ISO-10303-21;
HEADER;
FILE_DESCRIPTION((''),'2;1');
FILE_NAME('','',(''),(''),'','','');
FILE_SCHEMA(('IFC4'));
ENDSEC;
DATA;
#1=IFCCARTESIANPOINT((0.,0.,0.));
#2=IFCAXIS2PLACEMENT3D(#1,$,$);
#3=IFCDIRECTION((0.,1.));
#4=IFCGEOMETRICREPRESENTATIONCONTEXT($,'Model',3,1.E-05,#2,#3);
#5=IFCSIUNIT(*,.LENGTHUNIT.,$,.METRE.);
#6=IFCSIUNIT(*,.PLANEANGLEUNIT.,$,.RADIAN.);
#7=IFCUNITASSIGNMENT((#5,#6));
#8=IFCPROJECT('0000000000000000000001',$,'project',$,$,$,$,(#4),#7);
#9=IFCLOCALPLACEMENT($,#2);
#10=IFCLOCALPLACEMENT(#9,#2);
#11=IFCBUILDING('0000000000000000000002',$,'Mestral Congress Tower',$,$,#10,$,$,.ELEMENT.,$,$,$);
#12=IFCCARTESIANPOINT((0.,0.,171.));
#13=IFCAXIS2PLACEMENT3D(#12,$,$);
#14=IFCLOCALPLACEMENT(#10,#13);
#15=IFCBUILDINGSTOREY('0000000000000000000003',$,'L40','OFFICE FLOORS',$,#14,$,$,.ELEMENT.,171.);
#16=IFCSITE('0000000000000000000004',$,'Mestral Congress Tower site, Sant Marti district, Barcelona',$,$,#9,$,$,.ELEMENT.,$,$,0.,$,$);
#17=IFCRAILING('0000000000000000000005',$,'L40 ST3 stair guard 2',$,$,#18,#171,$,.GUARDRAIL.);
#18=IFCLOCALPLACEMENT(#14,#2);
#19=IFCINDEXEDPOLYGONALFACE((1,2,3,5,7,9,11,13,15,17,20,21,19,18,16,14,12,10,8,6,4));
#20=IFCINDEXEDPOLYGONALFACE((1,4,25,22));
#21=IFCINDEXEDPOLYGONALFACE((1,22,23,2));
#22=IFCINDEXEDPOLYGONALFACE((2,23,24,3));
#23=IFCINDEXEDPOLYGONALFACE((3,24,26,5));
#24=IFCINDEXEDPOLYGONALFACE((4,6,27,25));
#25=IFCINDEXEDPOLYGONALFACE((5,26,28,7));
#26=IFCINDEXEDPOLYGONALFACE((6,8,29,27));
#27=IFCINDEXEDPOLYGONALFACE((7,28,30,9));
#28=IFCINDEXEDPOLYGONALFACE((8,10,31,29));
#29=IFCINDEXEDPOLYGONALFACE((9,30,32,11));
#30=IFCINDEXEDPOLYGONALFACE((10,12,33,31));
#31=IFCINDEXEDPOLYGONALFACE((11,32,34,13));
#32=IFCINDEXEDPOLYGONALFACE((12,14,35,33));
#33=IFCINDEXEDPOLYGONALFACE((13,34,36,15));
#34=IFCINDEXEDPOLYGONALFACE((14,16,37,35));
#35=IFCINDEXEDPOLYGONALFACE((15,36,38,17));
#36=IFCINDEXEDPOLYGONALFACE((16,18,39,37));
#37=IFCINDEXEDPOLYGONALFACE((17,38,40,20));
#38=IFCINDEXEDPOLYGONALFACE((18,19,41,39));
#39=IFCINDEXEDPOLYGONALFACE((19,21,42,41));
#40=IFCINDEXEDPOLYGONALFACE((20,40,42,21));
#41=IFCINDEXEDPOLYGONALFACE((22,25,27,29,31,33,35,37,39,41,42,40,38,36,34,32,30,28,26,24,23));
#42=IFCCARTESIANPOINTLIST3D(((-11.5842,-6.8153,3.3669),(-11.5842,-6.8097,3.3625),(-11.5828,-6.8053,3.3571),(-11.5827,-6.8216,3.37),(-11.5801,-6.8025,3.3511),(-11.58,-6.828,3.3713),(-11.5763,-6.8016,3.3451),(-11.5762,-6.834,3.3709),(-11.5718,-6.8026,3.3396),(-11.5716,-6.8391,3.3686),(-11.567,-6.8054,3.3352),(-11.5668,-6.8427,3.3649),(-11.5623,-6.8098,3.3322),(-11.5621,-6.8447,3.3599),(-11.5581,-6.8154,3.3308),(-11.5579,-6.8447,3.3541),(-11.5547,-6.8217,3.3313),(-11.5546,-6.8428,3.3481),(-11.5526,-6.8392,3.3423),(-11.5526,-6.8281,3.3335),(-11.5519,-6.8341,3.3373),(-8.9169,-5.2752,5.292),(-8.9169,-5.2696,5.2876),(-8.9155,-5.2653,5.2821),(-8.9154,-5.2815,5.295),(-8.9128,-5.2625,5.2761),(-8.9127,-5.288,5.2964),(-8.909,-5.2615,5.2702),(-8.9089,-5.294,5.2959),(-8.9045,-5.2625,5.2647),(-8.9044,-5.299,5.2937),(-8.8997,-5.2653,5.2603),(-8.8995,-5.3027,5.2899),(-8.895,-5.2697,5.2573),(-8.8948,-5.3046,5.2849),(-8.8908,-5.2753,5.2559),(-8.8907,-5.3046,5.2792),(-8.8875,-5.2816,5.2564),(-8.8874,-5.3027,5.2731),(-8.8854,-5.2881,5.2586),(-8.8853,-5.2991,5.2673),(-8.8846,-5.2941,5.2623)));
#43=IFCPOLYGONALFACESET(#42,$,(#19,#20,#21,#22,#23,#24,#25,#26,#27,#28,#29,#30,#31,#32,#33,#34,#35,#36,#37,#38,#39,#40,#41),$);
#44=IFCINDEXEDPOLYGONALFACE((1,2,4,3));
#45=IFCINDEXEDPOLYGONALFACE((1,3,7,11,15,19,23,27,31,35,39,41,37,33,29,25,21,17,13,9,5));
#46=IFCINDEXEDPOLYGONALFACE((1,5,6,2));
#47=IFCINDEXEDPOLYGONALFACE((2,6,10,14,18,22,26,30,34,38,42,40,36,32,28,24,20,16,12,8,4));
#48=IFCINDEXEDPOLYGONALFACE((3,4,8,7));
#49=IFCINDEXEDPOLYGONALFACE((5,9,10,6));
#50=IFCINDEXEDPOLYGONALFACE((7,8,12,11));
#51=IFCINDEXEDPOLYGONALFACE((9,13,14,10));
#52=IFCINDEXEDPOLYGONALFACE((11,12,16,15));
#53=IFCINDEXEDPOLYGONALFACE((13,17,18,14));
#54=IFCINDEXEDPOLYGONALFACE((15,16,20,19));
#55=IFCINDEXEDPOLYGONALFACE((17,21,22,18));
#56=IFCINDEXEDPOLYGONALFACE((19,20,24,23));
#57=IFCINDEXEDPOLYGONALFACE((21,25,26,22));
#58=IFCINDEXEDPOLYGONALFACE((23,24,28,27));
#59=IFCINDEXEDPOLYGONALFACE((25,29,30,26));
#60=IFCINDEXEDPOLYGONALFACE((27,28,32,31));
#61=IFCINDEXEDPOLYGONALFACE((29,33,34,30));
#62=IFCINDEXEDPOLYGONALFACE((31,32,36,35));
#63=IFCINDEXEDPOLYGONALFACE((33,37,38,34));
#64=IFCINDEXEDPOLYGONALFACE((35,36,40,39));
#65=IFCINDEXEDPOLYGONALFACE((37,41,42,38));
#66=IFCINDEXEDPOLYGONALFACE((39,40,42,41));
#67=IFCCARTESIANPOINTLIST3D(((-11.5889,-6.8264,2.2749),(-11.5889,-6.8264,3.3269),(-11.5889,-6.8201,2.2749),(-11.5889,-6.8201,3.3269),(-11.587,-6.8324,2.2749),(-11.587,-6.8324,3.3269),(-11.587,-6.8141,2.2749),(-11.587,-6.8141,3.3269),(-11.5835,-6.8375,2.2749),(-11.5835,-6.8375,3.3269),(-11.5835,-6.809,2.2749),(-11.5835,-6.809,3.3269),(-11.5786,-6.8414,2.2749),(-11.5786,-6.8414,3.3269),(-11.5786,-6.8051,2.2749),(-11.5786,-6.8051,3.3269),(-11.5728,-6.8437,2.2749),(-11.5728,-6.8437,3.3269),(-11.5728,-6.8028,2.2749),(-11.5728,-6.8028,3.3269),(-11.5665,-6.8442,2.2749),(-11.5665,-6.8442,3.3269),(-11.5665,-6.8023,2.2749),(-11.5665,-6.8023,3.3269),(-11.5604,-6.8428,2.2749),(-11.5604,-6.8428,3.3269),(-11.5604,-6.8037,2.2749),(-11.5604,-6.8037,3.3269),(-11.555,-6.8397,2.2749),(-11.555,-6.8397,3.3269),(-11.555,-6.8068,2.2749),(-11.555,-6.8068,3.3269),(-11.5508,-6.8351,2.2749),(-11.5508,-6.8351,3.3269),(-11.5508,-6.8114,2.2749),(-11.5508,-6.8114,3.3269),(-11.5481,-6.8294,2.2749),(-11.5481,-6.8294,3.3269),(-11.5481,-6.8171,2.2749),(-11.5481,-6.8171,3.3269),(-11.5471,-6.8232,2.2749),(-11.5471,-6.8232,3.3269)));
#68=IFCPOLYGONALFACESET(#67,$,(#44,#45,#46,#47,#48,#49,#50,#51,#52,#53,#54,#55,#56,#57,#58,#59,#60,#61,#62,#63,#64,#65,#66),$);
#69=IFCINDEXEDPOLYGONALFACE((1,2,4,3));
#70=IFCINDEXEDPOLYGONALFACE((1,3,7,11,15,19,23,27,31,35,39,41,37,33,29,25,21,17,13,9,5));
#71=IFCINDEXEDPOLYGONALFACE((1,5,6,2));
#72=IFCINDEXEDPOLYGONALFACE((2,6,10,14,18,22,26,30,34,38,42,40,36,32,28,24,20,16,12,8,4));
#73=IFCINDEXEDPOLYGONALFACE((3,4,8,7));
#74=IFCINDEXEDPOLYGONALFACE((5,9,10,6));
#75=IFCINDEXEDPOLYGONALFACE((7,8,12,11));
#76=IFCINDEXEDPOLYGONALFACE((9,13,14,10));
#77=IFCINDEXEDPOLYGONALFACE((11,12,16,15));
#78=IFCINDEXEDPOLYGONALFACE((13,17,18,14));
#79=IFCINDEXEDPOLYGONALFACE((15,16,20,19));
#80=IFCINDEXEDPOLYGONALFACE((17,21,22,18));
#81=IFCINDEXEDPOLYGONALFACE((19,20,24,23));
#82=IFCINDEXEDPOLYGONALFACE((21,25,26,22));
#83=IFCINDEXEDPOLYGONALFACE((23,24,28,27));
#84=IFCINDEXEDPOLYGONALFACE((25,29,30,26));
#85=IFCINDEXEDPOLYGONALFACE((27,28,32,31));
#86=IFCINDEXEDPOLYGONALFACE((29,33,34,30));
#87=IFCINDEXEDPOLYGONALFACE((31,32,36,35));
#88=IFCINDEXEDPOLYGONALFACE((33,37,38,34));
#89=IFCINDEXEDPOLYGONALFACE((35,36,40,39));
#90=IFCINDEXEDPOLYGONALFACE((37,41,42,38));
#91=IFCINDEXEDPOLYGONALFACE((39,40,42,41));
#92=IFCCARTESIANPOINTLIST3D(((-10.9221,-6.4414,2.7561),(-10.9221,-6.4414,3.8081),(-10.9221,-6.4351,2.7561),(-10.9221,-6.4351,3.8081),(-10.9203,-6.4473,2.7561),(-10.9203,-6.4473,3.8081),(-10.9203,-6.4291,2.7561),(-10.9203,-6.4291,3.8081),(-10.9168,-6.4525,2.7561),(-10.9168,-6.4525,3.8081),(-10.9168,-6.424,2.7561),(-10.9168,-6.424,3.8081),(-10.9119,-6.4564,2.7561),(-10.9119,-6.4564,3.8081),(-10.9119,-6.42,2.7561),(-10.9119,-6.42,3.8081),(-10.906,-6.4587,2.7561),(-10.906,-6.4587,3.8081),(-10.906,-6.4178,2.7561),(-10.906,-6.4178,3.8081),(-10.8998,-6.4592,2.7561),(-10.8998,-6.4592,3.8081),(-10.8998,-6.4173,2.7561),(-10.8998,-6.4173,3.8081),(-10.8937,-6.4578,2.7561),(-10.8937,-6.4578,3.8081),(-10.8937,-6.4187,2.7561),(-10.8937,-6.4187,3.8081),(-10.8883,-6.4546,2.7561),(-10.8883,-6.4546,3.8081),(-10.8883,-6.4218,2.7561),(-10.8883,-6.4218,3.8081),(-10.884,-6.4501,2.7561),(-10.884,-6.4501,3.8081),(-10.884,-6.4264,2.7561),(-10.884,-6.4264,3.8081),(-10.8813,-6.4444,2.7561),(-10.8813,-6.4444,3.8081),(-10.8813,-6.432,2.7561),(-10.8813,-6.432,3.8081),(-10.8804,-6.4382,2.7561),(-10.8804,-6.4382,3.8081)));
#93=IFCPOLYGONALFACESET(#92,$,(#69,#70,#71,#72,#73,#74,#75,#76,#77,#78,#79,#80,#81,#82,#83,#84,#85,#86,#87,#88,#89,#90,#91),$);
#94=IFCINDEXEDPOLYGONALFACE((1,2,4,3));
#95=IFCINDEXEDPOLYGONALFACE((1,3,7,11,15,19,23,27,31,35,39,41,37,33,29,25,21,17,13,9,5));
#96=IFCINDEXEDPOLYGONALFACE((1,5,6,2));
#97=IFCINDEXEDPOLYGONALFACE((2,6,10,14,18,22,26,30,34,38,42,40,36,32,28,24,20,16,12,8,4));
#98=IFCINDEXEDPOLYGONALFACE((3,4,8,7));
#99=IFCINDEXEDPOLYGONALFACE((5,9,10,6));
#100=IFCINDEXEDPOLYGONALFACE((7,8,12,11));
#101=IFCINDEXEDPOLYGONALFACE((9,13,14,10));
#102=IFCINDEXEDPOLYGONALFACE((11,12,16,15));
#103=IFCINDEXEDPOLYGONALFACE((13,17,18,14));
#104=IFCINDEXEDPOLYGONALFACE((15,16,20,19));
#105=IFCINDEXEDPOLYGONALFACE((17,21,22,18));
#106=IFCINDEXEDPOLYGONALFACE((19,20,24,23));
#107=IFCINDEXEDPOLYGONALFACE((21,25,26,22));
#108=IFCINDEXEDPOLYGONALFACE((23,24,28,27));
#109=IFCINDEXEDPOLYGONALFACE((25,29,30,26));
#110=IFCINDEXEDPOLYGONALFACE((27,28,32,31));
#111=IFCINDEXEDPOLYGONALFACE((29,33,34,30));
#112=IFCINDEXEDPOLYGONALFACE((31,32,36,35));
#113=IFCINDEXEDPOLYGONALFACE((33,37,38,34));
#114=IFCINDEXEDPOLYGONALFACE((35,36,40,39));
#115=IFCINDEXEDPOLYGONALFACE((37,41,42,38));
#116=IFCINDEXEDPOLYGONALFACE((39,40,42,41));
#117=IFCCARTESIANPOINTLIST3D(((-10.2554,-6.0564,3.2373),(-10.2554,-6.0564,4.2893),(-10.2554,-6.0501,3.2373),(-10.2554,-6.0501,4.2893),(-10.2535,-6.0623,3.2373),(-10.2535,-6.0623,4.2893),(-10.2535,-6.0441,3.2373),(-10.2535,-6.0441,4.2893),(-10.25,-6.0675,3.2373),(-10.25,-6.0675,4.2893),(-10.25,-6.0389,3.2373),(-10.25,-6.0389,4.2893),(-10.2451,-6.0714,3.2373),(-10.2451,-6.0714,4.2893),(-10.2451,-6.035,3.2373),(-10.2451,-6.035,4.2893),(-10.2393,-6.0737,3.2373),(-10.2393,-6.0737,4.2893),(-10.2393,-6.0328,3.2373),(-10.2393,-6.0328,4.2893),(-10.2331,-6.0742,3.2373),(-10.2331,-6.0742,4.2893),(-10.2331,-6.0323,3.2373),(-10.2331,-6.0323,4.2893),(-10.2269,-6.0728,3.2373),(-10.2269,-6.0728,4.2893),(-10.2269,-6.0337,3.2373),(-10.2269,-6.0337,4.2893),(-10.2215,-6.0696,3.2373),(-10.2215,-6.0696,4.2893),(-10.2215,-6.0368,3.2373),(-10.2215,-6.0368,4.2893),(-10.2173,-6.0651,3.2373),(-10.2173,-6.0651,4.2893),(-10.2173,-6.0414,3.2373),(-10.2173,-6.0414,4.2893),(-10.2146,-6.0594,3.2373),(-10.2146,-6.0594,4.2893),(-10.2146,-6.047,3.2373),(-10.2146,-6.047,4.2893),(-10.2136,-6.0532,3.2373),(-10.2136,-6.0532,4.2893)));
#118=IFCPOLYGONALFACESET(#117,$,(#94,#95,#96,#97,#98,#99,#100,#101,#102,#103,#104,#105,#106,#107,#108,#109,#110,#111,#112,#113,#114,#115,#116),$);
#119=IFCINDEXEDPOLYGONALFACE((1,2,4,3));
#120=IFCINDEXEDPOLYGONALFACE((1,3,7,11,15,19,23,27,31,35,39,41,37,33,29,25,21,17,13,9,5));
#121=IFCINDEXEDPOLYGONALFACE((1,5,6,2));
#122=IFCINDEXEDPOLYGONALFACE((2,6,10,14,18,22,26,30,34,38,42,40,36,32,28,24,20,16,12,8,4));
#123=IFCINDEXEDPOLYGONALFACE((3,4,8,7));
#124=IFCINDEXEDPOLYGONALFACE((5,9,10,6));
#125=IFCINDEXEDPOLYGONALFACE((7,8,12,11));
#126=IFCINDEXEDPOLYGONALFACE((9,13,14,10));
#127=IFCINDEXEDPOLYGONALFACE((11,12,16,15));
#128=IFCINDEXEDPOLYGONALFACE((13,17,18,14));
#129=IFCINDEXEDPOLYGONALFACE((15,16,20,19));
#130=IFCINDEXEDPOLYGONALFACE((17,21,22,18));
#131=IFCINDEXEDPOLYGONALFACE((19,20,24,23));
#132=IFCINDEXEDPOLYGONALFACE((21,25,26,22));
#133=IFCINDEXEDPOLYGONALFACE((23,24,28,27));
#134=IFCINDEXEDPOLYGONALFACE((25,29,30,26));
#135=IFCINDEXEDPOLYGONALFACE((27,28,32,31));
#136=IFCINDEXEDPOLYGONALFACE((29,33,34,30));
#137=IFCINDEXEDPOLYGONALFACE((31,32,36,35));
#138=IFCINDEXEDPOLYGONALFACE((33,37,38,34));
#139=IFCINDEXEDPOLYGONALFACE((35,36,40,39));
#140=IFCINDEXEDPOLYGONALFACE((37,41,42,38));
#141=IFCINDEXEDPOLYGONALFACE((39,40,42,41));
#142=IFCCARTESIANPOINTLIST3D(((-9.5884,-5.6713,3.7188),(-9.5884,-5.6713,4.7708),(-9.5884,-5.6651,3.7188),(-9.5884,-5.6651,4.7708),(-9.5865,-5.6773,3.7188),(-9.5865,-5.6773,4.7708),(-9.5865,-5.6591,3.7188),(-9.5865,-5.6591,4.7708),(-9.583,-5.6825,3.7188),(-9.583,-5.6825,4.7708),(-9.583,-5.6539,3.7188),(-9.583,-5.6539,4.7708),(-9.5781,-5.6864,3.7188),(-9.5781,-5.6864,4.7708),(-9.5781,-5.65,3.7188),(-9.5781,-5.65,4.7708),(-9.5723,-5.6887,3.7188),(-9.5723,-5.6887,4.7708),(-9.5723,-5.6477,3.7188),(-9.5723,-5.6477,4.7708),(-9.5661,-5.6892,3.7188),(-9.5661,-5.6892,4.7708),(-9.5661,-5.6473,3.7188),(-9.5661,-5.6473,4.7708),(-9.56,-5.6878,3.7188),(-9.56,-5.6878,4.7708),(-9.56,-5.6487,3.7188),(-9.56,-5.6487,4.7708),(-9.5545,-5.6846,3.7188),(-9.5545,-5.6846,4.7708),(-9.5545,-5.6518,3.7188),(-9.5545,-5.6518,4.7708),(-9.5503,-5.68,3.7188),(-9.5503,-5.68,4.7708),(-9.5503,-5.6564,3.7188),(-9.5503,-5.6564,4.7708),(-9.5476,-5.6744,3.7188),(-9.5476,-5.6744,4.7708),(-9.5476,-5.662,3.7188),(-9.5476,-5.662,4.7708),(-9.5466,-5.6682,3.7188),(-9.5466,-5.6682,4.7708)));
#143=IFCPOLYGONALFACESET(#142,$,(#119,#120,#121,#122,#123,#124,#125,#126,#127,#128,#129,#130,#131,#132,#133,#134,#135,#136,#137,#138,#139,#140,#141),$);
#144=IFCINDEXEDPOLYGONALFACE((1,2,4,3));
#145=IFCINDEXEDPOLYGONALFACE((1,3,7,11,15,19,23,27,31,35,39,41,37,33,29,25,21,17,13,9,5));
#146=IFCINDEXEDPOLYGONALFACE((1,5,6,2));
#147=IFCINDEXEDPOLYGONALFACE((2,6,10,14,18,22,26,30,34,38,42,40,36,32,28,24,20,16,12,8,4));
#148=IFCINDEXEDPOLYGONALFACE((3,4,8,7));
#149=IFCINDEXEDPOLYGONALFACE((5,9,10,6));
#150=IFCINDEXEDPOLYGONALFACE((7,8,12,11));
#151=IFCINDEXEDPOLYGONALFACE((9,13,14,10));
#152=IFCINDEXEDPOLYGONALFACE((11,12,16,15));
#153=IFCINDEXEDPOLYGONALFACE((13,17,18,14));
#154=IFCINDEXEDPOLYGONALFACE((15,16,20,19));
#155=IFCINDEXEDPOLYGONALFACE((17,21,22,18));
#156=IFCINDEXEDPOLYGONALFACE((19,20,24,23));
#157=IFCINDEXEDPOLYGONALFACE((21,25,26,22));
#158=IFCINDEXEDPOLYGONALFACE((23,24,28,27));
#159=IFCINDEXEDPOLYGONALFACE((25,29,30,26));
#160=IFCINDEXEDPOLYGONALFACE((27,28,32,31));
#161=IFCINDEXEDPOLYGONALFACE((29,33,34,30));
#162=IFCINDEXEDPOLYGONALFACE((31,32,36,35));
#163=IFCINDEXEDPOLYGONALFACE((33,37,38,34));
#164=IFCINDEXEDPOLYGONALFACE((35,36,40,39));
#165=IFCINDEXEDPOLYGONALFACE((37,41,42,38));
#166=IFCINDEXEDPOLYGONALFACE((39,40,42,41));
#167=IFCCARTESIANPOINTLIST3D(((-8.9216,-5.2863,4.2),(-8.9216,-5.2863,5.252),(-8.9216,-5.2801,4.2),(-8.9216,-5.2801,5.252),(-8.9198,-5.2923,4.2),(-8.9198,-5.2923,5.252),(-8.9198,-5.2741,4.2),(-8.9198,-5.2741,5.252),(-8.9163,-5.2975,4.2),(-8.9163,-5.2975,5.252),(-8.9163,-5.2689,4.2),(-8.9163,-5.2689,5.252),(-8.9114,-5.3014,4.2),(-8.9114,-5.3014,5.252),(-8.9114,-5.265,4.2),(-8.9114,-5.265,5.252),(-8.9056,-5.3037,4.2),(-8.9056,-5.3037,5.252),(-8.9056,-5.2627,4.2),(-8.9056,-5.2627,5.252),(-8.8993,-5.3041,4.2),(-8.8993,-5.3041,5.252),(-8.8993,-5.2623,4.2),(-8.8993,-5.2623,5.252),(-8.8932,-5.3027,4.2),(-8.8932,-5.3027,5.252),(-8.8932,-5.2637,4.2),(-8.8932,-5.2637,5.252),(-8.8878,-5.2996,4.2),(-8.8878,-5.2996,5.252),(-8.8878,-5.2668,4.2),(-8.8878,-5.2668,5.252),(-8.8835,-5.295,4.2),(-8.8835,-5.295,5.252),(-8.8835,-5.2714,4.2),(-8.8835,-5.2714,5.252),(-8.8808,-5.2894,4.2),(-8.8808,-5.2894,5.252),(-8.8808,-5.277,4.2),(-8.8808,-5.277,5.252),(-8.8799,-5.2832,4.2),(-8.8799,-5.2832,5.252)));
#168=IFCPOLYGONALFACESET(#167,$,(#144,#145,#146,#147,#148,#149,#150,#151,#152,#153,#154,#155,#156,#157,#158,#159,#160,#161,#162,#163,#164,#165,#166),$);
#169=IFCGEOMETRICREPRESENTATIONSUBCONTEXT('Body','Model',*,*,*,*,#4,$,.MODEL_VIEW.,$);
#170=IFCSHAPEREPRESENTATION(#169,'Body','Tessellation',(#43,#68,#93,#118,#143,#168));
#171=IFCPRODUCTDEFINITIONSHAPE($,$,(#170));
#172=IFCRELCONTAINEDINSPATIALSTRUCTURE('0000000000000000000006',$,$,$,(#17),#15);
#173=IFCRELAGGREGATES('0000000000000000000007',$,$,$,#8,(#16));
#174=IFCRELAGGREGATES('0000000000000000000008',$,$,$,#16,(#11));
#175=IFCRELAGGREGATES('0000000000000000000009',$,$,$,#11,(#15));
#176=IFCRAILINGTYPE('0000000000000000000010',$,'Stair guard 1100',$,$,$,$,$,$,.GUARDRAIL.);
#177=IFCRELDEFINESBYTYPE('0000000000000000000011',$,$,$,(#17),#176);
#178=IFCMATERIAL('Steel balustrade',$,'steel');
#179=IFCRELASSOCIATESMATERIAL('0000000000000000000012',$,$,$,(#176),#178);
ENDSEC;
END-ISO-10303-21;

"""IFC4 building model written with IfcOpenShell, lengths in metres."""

from ifc_helpers import new_model, si_unit, direction, frame, origin, origin_2d, place, context, subcontext, project, spatial, circle, extrude, material, type_object, element, save


model = new_model("IFC4")

# Units and contexts
model_context = context("Model", 3, precision=1e-05, world=origin(), true_north=direction((0.0, 1.0)))
body_context = subcontext(model_context, "Body", "Model", "MODEL_VIEW")
ifc_project = project(units=[si_unit("LENGTHUNIT", "METRE"), si_unit("PLANEANGLEUNIT", "RADIAN")], contexts=[model_context])

# Site, building, storey
site_placement = place(None, origin())
site = spatial("IfcSite", under=ifc_project, at=site_placement, Name="Mestral Congress Tower site, Sant Marti district, Barcelona", CompositionType="ELEMENT", RefElevation=0.0)
building_placement = place(site_placement, origin())
building = spatial("IfcBuilding", under=site, at=building_placement, Name="Mestral Congress Tower", CompositionType="ELEMENT")
storey_placement = place(building_placement, frame((0.0, 0.0, 171.0)))
storey = spatial("IfcBuildingStorey", under=building, at=storey_placement, Name="L40", Description="OFFICE FLOORS", CompositionType="ELEMENT", Elevation=171.0)

# Railing
ifc_material_1 = material(Name="Steel balustrade", Category="steel")
railing_type_1 = type_object("IfcRailingType", Name="Stair guard 1100", PredefinedType="GUARDRAIL", material=ifc_material_1)
railing_1_placement = place(storey_placement, frame((-11.5681, -6.8232, 2.2749)))
element("IfcRailing", 1, at=railing_1_placement, inside=storey, type_object=railing_type_1, Name="L40 ST3 stair guard 2", PredefinedType="GUARDRAIL", context=body_context, shape_type="SweptSolid", body=[
    extrude(circle(Radius=0.0239, at=origin_2d()), frame((0.0, 0.0, 1.0762), z_axis=(0.734364, 0.424015, 0.530019), x_axis=(-0.500027, 0.86601, 0.0)), (0.0, 0.0, 1.0), 3.6321),
    extrude(circle(Radius=0.021, at=origin_2d()), origin(), (0.0, 0.0, 1.0), 1.052),
    extrude(circle(Radius=0.021, at=origin_2d()), frame((0.6667, 0.385, 0.4812)), (0.0, 0.0, 1.0), 1.052),
    extrude(circle(Radius=0.021, at=origin_2d()), frame((1.3335, 0.77, 0.9624)), (0.0, 0.0, 1.0), 1.052),
    extrude(circle(Radius=0.021, at=origin_2d()), frame((2.0005, 1.155, 1.4438)), (0.0, 0.0, 1.0), 1.052),
    extrude(circle(Radius=0.021, at=origin_2d()), frame((2.6672, 1.54, 1.925)), (0.0, 0.0, 1.0), 1.052),
])

save(model, "model.ifc")
